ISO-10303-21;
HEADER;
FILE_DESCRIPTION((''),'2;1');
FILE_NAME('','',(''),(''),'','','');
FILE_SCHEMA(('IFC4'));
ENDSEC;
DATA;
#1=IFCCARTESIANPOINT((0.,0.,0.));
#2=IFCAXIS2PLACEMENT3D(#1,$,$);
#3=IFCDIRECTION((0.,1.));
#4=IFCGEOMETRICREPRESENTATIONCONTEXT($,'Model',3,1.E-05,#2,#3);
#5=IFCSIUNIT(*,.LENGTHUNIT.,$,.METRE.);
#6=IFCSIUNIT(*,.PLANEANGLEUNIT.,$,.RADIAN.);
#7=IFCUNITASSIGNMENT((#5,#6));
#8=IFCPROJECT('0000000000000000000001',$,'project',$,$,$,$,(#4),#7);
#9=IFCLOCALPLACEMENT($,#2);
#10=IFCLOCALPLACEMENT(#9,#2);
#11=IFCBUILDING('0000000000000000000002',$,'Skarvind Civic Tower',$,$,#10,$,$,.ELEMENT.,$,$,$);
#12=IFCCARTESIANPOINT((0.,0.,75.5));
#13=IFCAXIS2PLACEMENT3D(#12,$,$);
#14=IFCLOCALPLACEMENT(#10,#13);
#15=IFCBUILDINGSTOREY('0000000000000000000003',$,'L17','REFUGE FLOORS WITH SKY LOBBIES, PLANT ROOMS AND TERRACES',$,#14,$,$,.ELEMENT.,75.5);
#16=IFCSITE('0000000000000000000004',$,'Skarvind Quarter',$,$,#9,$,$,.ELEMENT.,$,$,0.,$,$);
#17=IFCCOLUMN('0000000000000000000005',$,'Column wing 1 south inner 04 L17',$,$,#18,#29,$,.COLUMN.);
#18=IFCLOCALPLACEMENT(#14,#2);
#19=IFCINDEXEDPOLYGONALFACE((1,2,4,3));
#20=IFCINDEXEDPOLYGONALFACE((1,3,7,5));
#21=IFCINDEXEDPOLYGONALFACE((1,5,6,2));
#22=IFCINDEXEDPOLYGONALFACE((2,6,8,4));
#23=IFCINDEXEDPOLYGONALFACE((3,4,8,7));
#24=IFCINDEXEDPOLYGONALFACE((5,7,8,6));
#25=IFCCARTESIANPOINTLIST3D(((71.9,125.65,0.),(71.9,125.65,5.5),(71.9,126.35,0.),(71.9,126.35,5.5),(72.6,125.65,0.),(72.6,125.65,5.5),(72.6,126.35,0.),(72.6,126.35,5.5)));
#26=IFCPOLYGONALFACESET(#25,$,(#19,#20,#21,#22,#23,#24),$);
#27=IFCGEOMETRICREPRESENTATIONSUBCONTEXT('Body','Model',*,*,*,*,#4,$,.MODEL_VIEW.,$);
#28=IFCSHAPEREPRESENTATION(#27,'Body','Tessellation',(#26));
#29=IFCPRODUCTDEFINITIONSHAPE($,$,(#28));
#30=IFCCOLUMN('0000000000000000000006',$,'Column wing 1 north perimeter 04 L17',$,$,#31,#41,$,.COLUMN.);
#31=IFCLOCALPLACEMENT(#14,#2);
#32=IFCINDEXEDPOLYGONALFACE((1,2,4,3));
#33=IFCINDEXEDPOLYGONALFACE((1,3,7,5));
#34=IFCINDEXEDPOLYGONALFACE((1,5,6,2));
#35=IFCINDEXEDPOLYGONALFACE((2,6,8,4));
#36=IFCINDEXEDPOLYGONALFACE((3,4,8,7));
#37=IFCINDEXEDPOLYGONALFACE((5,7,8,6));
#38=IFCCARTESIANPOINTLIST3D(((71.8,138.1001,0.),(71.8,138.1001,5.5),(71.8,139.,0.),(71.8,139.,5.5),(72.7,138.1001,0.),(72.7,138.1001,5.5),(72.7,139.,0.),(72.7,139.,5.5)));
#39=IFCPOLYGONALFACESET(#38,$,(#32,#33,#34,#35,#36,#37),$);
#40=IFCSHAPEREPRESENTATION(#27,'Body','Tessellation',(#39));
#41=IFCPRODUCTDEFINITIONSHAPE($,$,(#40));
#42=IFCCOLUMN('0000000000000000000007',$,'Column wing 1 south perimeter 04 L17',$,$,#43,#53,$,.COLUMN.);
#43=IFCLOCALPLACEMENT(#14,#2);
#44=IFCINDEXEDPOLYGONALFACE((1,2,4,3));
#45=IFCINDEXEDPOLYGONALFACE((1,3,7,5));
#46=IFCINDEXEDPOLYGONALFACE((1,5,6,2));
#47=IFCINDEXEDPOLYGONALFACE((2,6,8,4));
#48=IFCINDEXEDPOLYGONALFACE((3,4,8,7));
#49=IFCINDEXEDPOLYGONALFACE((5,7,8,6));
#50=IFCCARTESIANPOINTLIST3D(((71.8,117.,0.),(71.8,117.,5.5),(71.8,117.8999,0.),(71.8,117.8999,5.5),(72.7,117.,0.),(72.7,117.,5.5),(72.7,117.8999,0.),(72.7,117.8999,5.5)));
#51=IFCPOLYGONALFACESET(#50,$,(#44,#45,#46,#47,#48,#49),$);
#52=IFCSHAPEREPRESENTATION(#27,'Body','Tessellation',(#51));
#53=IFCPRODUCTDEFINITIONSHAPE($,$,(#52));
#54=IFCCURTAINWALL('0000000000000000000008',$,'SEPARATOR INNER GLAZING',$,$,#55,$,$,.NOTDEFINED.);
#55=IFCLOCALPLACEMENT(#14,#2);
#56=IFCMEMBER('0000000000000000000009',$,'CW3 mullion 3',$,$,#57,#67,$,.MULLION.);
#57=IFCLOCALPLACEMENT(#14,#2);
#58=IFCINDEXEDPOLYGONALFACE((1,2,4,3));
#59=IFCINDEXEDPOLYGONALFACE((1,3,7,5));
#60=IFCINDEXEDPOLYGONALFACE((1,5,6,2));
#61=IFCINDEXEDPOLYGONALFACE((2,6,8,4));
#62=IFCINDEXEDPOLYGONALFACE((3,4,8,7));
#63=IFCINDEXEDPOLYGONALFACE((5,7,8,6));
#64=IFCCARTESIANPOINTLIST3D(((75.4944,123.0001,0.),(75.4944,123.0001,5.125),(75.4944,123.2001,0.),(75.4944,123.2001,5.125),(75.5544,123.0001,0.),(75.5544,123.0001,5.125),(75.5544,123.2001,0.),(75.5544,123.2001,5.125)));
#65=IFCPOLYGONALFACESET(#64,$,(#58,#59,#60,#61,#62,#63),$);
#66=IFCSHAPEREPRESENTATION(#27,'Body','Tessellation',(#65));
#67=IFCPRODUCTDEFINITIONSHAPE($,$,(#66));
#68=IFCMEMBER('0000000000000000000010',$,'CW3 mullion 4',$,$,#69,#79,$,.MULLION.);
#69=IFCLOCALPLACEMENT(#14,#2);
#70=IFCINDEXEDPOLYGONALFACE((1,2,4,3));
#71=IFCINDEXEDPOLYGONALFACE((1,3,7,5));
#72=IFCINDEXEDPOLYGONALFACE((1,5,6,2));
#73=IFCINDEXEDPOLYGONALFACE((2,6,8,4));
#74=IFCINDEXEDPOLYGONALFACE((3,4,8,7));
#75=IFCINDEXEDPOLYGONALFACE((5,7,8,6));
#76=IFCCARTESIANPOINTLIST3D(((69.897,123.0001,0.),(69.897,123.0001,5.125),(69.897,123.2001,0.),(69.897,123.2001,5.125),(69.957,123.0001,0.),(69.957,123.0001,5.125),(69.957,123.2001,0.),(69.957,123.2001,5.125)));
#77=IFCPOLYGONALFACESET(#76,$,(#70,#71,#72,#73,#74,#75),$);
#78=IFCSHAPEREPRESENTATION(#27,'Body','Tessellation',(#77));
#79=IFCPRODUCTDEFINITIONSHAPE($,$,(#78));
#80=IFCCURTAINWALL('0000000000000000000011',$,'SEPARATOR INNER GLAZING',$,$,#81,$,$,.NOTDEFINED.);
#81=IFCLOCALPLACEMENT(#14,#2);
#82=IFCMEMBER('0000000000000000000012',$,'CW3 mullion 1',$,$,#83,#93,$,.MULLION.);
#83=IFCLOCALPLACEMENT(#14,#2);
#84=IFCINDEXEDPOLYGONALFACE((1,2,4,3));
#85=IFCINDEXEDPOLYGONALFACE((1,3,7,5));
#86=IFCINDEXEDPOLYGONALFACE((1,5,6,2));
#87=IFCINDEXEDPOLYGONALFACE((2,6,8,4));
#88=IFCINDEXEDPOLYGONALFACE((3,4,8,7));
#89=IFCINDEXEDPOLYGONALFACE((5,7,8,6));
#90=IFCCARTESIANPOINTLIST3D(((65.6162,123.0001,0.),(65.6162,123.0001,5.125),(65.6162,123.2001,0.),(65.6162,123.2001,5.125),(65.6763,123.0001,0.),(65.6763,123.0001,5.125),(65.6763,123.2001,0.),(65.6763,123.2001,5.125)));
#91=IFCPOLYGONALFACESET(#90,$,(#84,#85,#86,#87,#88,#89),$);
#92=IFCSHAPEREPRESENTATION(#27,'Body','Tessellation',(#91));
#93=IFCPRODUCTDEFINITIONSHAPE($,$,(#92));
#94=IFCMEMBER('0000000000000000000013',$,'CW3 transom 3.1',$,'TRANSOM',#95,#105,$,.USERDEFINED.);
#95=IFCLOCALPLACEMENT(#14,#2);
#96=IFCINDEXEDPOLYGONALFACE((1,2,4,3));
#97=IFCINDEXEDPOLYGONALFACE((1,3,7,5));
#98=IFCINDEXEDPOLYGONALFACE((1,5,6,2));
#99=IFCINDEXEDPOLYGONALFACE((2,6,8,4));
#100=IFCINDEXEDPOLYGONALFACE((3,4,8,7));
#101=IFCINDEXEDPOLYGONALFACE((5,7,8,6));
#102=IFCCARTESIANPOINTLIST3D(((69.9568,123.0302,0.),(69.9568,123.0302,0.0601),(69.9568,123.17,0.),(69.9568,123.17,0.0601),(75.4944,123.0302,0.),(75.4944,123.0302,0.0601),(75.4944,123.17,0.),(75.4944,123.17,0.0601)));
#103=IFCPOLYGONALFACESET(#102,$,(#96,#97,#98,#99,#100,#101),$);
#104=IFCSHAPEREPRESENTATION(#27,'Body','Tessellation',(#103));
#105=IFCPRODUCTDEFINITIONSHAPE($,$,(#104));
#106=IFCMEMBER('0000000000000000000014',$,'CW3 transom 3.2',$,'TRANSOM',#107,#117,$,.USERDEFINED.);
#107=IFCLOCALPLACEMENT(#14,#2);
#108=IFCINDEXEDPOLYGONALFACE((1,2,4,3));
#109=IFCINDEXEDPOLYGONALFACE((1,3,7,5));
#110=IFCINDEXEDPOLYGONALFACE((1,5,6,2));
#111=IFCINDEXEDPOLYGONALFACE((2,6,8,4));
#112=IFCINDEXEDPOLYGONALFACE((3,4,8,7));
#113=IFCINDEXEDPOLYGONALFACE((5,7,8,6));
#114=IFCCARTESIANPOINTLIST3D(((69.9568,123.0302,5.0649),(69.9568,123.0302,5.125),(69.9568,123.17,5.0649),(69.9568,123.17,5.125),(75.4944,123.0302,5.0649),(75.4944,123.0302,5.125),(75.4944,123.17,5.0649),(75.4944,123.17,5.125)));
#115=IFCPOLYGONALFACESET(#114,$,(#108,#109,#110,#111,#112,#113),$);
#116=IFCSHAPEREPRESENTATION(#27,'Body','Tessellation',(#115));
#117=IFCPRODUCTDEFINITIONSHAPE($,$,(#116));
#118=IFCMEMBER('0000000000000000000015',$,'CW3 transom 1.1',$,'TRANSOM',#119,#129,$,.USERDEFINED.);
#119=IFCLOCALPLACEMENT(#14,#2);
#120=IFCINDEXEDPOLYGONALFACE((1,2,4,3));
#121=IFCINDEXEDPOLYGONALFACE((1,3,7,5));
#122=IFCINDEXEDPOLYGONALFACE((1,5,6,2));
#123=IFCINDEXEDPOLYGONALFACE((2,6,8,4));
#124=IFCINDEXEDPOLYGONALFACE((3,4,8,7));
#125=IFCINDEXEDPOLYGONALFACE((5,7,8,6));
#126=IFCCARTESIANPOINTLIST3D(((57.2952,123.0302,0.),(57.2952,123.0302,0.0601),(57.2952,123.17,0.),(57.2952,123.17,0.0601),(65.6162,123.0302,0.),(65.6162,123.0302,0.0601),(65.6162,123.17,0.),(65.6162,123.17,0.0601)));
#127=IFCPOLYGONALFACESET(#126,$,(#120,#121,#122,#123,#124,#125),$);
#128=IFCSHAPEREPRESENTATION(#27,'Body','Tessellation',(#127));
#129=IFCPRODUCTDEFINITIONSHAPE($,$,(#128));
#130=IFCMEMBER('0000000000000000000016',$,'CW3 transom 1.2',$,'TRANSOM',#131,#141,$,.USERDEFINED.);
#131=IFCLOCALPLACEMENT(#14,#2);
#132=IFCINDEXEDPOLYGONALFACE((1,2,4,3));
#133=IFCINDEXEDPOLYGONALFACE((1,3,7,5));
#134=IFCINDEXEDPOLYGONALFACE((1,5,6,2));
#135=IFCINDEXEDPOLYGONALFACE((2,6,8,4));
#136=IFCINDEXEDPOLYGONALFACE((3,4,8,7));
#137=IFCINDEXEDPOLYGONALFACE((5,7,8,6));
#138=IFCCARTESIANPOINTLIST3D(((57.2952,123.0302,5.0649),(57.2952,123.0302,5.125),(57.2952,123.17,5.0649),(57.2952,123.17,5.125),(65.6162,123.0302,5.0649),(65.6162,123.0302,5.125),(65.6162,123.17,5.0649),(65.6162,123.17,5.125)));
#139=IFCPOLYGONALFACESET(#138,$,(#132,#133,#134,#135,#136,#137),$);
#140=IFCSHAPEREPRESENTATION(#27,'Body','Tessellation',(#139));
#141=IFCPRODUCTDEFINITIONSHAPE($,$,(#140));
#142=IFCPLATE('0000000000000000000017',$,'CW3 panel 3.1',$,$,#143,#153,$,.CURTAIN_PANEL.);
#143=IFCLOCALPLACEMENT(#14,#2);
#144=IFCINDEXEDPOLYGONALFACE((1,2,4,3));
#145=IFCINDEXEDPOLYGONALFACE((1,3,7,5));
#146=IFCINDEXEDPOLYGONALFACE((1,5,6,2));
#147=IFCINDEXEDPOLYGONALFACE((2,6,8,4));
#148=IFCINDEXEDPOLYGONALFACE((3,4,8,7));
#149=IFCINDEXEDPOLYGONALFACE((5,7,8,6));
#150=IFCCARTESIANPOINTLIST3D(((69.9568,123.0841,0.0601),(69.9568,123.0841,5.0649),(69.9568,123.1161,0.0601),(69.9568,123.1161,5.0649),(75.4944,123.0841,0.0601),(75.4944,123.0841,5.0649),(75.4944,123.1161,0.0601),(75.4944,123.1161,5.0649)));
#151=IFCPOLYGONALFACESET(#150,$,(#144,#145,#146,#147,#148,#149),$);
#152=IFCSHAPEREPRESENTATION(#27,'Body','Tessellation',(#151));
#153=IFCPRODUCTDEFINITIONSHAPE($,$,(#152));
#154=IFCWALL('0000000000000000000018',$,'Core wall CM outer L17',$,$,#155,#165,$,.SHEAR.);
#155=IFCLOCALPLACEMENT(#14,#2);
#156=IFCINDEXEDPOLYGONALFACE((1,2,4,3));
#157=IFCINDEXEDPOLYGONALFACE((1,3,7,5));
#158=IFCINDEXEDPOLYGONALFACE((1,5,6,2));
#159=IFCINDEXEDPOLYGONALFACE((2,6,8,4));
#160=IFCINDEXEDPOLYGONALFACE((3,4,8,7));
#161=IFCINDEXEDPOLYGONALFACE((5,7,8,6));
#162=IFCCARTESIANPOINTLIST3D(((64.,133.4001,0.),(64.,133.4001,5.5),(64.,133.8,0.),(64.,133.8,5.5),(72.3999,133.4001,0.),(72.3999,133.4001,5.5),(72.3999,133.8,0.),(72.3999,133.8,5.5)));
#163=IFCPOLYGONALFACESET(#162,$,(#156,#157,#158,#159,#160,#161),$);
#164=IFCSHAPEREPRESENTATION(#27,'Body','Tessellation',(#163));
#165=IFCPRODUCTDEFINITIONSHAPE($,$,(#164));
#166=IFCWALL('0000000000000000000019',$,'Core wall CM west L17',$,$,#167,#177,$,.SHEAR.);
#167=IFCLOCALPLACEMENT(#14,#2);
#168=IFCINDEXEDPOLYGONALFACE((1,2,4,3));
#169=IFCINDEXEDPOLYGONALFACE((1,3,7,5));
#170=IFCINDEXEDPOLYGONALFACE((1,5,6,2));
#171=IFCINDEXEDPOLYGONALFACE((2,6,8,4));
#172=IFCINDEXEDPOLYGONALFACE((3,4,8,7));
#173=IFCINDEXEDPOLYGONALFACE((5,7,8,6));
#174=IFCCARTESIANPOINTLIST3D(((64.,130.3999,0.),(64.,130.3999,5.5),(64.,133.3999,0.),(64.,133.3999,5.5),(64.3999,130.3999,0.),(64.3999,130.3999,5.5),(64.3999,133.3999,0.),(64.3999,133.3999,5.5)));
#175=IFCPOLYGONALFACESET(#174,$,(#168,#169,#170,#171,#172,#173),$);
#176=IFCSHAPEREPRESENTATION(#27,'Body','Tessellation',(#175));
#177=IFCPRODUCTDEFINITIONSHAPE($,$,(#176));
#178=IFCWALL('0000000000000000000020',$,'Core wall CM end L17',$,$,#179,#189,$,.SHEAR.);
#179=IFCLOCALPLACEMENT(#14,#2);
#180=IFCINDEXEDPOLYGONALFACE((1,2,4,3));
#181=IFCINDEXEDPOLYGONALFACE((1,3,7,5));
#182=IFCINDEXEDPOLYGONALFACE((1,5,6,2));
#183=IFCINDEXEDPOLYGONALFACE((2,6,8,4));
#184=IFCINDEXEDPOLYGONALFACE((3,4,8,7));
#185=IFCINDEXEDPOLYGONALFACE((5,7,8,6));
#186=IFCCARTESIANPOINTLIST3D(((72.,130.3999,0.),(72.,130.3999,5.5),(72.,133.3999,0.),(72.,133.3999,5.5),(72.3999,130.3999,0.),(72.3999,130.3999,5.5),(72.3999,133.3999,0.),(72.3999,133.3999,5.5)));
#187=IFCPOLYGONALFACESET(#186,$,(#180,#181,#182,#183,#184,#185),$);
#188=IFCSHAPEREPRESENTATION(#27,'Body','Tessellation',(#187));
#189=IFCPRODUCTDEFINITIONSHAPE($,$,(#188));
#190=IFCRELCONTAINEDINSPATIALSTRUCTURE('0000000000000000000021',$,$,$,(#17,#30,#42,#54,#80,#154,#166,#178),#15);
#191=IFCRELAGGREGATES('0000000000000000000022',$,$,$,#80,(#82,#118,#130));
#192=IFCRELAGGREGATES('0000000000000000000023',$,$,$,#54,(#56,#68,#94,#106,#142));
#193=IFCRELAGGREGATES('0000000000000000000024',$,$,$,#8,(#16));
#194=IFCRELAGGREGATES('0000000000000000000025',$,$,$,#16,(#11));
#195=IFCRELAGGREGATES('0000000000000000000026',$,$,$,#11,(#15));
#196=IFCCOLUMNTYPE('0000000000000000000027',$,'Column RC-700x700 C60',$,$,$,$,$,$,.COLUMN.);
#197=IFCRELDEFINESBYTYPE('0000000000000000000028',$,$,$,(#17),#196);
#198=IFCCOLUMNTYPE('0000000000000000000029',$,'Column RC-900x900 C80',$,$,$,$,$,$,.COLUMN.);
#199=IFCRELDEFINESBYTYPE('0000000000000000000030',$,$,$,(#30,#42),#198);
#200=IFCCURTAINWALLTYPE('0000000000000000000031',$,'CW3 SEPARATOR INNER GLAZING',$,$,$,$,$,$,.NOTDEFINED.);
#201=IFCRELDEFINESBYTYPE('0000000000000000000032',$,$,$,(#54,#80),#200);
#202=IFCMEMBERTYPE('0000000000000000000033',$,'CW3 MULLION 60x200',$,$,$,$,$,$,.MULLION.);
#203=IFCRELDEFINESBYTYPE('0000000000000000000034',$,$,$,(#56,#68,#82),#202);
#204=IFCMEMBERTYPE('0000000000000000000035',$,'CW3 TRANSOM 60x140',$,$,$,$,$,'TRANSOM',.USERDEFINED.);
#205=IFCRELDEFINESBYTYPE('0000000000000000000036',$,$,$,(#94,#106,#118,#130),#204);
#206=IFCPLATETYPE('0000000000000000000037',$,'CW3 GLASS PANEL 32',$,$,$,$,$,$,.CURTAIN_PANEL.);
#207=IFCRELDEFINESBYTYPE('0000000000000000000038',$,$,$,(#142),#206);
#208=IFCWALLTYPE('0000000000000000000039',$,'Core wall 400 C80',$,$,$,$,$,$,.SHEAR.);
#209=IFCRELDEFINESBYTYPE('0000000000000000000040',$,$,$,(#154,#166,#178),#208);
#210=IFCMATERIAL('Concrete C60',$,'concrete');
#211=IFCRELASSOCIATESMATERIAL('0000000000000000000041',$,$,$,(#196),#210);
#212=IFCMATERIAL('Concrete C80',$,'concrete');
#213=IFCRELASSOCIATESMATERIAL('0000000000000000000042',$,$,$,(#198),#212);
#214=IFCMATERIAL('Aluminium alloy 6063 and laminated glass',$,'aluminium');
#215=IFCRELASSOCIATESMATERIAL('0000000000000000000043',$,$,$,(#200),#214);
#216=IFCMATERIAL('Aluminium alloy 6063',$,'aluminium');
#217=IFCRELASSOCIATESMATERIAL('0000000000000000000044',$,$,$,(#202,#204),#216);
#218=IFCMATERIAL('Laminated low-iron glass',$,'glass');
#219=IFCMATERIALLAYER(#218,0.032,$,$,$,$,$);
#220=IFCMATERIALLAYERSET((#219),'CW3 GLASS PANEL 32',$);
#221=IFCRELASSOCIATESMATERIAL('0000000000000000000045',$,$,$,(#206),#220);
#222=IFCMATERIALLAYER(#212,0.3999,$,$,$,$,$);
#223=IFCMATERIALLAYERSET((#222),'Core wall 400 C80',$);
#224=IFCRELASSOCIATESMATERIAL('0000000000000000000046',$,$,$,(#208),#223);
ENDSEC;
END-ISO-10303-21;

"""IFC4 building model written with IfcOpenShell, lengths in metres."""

from ifc_helpers import new_model, si_unit, direction, frame, frame_2d, origin, origin_2d, place, context, subcontext, project, spatial, rectangle, extrude, material, layer, layer_set, material_profile, profile_set, type_object, element, aggregate, save


model = new_model("IFC4")

# Units and contexts
model_context = context("Model", 3, precision=1e-05, world=origin(), true_north=direction((0.0, 1.0)))
body_context = subcontext(model_context, "Body", "Model", "MODEL_VIEW")
ifc_project = project(units=[si_unit("LENGTHUNIT", "METRE"), si_unit("PLANEANGLEUNIT", "RADIAN")], contexts=[model_context])

# Site, building, storey
site_placement = place(None, origin())
site = spatial("IfcSite", under=ifc_project, at=site_placement, Name="Skarvind Quarter", CompositionType="ELEMENT", RefElevation=0.0)
building_placement = place(site_placement, origin())
building = spatial("IfcBuilding", under=site, at=building_placement, Name="Skarvind Civic Tower", CompositionType="ELEMENT")
storey_placement = place(building_placement, frame((0.0, 0.0, 75.5)))
storey = spatial("IfcBuildingStorey", under=building, at=storey_placement, Name="L17", Description="REFUGE FLOORS WITH SKY LOBBIES, PLANT ROOMS AND TERRACES", CompositionType="ELEMENT", Elevation=75.5)

# Columns
ifc_material_1 = material(Name="Concrete C60", Category="concrete")
ifc_material_profile_1 = material_profile(ifc_material_1, rectangle(XDim=0.7, YDim=0.7, at=origin_2d()), Name="RC-700x700")
ifc_profile_set_1 = profile_set([ifc_material_profile_1], Name="Concrete C60")
column_type_1 = type_object("IfcColumnType", Name="Column RC-700x700 C60", PredefinedType="COLUMN", material=ifc_profile_set_1)
column_placement = place(storey_placement, frame((72.25, 126.0, 0.0), z_axis=(0.0, 0.0, 1.0), x_axis=(1.0, 0.0, 0.0)))
element("IfcColumn", 1, at=column_placement, inside=storey, type_object=column_type_1, Name="Column wing 1 south inner 04 L17", PredefinedType="COLUMN", context=body_context, shape_type="SweptSolid", body=[
    extrude(rectangle(XDim=0.7, YDim=0.7, at=origin_2d()), origin(), (0.0, 0.0, 1.0), 5.5),
])
ifc_material_2 = material(Name="Concrete C80", Category="concrete")
ifc_material_profile_2 = material_profile(ifc_material_2, rectangle(XDim=0.8999, YDim=0.8999, at=origin_2d()), Name="RC-900x900")
ifc_profile_set_2 = profile_set([ifc_material_profile_2], Name="Concrete C80")
column_type_2 = type_object("IfcColumnType", Name="Column RC-900x900 C80", PredefinedType="COLUMN", material=ifc_profile_set_2)
for number, where, z_axis, x_axis, name in (
    (2, (72.25, 138.55, 0.0), (0.0, 0.0, 1.0), (1.0, 0.0, 0.0), "Column wing 1 north perimeter 04 L17"),
    (3, (72.25, 117.45, 0.0), (0.0, 0.0, 1.0), (1.0, 0.0, 0.0), "Column wing 1 south perimeter 04 L17"),
):
    element("IfcColumn", number, at=place(storey_placement, frame(where, z_axis=z_axis, x_axis=x_axis)), inside=storey, type_object=column_type_2, Name=name, PredefinedType="COLUMN", context=body_context, shape_type="SweptSolid", body=[
        extrude(rectangle(XDim=0.8999, YDim=0.8999, at=origin_2d()), origin(), (0.0, 0.0, 1.0), 5.5),
    ])

# Curtain wall, members
ifc_material_3 = material(Name="Aluminium alloy 6063 and laminated glass", Category="aluminium")
curtain_wall_type = type_object("IfcCurtainWallType", Name="CW3 SEPARATOR INNER GLAZING", PredefinedType="NOTDEFINED", material=ifc_material_3)
curtain_wall_1_placement = place(storey_placement, origin())
curtain_wall_1 = element("IfcCurtainWall", 4, at=curtain_wall_1_placement, inside=storey, type_object=curtain_wall_type, Name="SEPARATOR INNER GLAZING", PredefinedType="NOTDEFINED")
ifc_material_4 = material(Name="Aluminium alloy 6063", Category="aluminium")
ifc_material_profile_3 = material_profile(ifc_material_4, rectangle(XDim=0.2, YDim=0.0601, at=origin_2d()), Name="AL 60x200")
ifc_profile_set_3 = profile_set([ifc_material_profile_3], Name="Aluminium alloy 6063")
member_type_1 = type_object("IfcMemberType", Name="CW3 MULLION 60x200", PredefinedType="MULLION", material=ifc_profile_set_3)
member_1_placement = place(storey_placement, frame((75.5244, 123.1001, 0.0), z_axis=(0.0, 0.0, 1.0), x_axis=(0.0, -1.0, 0.0)))
member_1 = element("IfcMember", 5, at=member_1_placement, type_object=member_type_1, Name="CW3 mullion 3", PredefinedType="MULLION", context=body_context, shape_type="SweptSolid", body=[
    extrude(rectangle(XDim=0.2, YDim=0.0601, at=origin_2d()), origin(), (0.0, 0.0, 1.0), 5.125),
])
member_2_placement = place(storey_placement, frame((69.927, 123.1001, 0.0), z_axis=(0.0, 0.0, 1.0), x_axis=(0.0, -1.0, 0.0)))
member_2 = element("IfcMember", 6, at=member_2_placement, type_object=member_type_1, Name="CW3 mullion 4", PredefinedType="MULLION", context=body_context, shape_type="SweptSolid", body=[
    extrude(rectangle(XDim=0.2, YDim=0.0601, at=origin_2d()), origin(), (0.0, 0.0, 1.0), 5.125),
])

# Curtain wall, member
curtain_wall_2_placement = place(storey_placement, origin())
curtain_wall_2 = element("IfcCurtainWall", 7, at=curtain_wall_2_placement, inside=storey, type_object=curtain_wall_type, Name="SEPARATOR INNER GLAZING", PredefinedType="NOTDEFINED")
member_3_placement = place(storey_placement, frame((65.6462, 123.1001, 0.0), z_axis=(0.0, 0.0, 1.0), x_axis=(0.0, -1.0, 0.0)))
member_3 = element("IfcMember", 8, at=member_3_placement, type_object=member_type_1, Name="CW3 mullion 1", PredefinedType="MULLION", context=body_context, shape_type="SweptSolid", body=[
    extrude(rectangle(XDim=0.2, YDim=0.0601, at=origin_2d()), origin(), (0.0, 0.0, 1.0), 5.125),
])

# Members
ifc_material_profile_4 = material_profile(ifc_material_4, rectangle(XDim=0.1399, YDim=0.0601, at=origin_2d()), Name="AL 60x140")
ifc_profile_set_4 = profile_set([ifc_material_profile_4], Name="Aluminium alloy 6063")
member_type_2 = type_object("IfcMemberType", Name="CW3 TRANSOM 60x140", ElementType="TRANSOM", PredefinedType="USERDEFINED", material=ifc_profile_set_4)
member_4_placement = place(storey_placement, frame((75.4944, 123.1001, 0.03), z_axis=(-1.0, 0.0, 0.0), x_axis=(0.0, -1.0, 0.0)))
member_4 = element("IfcMember", 9, at=member_4_placement, type_object=member_type_2, Name="CW3 transom 3.1", ObjectType="TRANSOM", PredefinedType="USERDEFINED", context=body_context, shape_type="SweptSolid", body=[
    extrude(rectangle(XDim=0.1399, YDim=0.0601, at=origin_2d()), origin(), (0.0, 0.0, 1.0), 5.5376),
])
member_5_placement = place(storey_placement, frame((75.4944, 123.1001, 5.095), z_axis=(-1.0, 0.0, 0.0), x_axis=(0.0, -1.0, 0.0)))
member_5 = element("IfcMember", 10, at=member_5_placement, type_object=member_type_2, Name="CW3 transom 3.2", ObjectType="TRANSOM", PredefinedType="USERDEFINED", context=body_context, shape_type="SweptSolid", body=[
    extrude(rectangle(XDim=0.1399, YDim=0.0601, at=origin_2d()), origin(), (0.0, 0.0, 1.0), 5.5376),
])
member_6_placement = place(storey_placement, frame((65.6162, 123.1001, 0.03), z_axis=(-1.0, 0.0, 0.0), x_axis=(0.0, -1.0, 0.0)))
member_6 = element("IfcMember", 11, at=member_6_placement, type_object=member_type_2, Name="CW3 transom 1.1", ObjectType="TRANSOM", PredefinedType="USERDEFINED", context=body_context, shape_type="SweptSolid", body=[
    extrude(rectangle(XDim=0.1399, YDim=0.0601, at=origin_2d()), origin(), (0.0, 0.0, 1.0), 8.321),
])
member_7_placement = place(storey_placement, frame((65.6162, 123.1001, 5.095), z_axis=(-1.0, 0.0, 0.0), x_axis=(0.0, -1.0, 0.0)))
member_7 = element("IfcMember", 12, at=member_7_placement, type_object=member_type_2, Name="CW3 transom 1.2", ObjectType="TRANSOM", PredefinedType="USERDEFINED", context=body_context, shape_type="SweptSolid", body=[
    extrude(rectangle(XDim=0.1399, YDim=0.0601, at=origin_2d()), origin(), (0.0, 0.0, 1.0), 8.321),
])
aggregate(curtain_wall_2, [member_3, member_6, member_7])

# Plate
ifc_material_5 = material(Name="Laminated low-iron glass", Category="glass")
ifc_layer_1 = layer(ifc_material_5, 0.032)
ifc_layer_set_1 = layer_set([ifc_layer_1], Name="CW3 GLASS PANEL 32")
plate_type = type_object("IfcPlateType", Name="CW3 GLASS PANEL 32", PredefinedType="CURTAIN_PANEL", material=ifc_layer_set_1)
plate_placement = place(storey_placement, frame((72.7256, 123.1001, 0.0601), z_axis=(0.0, 0.0, 1.0), x_axis=(-1.0, 0.0, 0.0)))
plate = element("IfcPlate", 13, at=plate_placement, type_object=plate_type, Name="CW3 panel 3.1", PredefinedType="CURTAIN_PANEL", context=body_context, shape_type="SweptSolid", body=[
    extrude(rectangle(XDim=5.5376, YDim=0.032, at=origin_2d()), origin(), (0.0, 0.0, 1.0), 5.0049),
])
aggregate(curtain_wall_1, [member_1, member_2, member_4, member_5, plate])

# Walls
ifc_layer_2 = layer(ifc_material_2, 0.3999)
ifc_layer_set_2 = layer_set([ifc_layer_2], Name="Core wall 400 C80")
wall_type_1 = type_object("IfcWallType", Name="Core wall 400 C80", PredefinedType="SHEAR", material=ifc_layer_set_2)
wall_1_placement = place(storey_placement, frame((64.0, 133.6001, 0.0), z_axis=(0.0, 0.0, 1.0), x_axis=(1.0, 0.0, 0.0)))
element("IfcWall", 14, at=wall_1_placement, inside=storey, type_object=wall_type_1, Name="Core wall CM outer L17", PredefinedType="SHEAR", context=body_context, shape_type="SweptSolid", body=[
    extrude(rectangle(XDim=8.3999, YDim=0.3999, at=frame_2d((4.2, 0.0))), origin(), (0.0, 0.0, 1.0), 5.5),
])
for number, where, z_axis, x_axis, name in (
    (15, (64.2, 130.3999, 0.0), (0.0, 0.0, 1.0), (0.0, 1.0, 0.0), "Core wall CM west L17"),
    (16, (72.2, 130.3999, 0.0), (0.0, 0.0, 1.0), (0.0, 1.0, 0.0), "Core wall CM end L17"),
):
    element("IfcWall", number, at=place(storey_placement, frame(where, z_axis=z_axis, x_axis=x_axis)), inside=storey, type_object=wall_type_1, Name=name, PredefinedType="SHEAR", context=body_context, shape_type="SweptSolid", body=[
        extrude(rectangle(XDim=3.0, YDim=0.3999, at=frame_2d((1.5, 0.0))), origin(), (0.0, 0.0, 1.0), 5.5),
    ])

save(model, "model.ifc")
